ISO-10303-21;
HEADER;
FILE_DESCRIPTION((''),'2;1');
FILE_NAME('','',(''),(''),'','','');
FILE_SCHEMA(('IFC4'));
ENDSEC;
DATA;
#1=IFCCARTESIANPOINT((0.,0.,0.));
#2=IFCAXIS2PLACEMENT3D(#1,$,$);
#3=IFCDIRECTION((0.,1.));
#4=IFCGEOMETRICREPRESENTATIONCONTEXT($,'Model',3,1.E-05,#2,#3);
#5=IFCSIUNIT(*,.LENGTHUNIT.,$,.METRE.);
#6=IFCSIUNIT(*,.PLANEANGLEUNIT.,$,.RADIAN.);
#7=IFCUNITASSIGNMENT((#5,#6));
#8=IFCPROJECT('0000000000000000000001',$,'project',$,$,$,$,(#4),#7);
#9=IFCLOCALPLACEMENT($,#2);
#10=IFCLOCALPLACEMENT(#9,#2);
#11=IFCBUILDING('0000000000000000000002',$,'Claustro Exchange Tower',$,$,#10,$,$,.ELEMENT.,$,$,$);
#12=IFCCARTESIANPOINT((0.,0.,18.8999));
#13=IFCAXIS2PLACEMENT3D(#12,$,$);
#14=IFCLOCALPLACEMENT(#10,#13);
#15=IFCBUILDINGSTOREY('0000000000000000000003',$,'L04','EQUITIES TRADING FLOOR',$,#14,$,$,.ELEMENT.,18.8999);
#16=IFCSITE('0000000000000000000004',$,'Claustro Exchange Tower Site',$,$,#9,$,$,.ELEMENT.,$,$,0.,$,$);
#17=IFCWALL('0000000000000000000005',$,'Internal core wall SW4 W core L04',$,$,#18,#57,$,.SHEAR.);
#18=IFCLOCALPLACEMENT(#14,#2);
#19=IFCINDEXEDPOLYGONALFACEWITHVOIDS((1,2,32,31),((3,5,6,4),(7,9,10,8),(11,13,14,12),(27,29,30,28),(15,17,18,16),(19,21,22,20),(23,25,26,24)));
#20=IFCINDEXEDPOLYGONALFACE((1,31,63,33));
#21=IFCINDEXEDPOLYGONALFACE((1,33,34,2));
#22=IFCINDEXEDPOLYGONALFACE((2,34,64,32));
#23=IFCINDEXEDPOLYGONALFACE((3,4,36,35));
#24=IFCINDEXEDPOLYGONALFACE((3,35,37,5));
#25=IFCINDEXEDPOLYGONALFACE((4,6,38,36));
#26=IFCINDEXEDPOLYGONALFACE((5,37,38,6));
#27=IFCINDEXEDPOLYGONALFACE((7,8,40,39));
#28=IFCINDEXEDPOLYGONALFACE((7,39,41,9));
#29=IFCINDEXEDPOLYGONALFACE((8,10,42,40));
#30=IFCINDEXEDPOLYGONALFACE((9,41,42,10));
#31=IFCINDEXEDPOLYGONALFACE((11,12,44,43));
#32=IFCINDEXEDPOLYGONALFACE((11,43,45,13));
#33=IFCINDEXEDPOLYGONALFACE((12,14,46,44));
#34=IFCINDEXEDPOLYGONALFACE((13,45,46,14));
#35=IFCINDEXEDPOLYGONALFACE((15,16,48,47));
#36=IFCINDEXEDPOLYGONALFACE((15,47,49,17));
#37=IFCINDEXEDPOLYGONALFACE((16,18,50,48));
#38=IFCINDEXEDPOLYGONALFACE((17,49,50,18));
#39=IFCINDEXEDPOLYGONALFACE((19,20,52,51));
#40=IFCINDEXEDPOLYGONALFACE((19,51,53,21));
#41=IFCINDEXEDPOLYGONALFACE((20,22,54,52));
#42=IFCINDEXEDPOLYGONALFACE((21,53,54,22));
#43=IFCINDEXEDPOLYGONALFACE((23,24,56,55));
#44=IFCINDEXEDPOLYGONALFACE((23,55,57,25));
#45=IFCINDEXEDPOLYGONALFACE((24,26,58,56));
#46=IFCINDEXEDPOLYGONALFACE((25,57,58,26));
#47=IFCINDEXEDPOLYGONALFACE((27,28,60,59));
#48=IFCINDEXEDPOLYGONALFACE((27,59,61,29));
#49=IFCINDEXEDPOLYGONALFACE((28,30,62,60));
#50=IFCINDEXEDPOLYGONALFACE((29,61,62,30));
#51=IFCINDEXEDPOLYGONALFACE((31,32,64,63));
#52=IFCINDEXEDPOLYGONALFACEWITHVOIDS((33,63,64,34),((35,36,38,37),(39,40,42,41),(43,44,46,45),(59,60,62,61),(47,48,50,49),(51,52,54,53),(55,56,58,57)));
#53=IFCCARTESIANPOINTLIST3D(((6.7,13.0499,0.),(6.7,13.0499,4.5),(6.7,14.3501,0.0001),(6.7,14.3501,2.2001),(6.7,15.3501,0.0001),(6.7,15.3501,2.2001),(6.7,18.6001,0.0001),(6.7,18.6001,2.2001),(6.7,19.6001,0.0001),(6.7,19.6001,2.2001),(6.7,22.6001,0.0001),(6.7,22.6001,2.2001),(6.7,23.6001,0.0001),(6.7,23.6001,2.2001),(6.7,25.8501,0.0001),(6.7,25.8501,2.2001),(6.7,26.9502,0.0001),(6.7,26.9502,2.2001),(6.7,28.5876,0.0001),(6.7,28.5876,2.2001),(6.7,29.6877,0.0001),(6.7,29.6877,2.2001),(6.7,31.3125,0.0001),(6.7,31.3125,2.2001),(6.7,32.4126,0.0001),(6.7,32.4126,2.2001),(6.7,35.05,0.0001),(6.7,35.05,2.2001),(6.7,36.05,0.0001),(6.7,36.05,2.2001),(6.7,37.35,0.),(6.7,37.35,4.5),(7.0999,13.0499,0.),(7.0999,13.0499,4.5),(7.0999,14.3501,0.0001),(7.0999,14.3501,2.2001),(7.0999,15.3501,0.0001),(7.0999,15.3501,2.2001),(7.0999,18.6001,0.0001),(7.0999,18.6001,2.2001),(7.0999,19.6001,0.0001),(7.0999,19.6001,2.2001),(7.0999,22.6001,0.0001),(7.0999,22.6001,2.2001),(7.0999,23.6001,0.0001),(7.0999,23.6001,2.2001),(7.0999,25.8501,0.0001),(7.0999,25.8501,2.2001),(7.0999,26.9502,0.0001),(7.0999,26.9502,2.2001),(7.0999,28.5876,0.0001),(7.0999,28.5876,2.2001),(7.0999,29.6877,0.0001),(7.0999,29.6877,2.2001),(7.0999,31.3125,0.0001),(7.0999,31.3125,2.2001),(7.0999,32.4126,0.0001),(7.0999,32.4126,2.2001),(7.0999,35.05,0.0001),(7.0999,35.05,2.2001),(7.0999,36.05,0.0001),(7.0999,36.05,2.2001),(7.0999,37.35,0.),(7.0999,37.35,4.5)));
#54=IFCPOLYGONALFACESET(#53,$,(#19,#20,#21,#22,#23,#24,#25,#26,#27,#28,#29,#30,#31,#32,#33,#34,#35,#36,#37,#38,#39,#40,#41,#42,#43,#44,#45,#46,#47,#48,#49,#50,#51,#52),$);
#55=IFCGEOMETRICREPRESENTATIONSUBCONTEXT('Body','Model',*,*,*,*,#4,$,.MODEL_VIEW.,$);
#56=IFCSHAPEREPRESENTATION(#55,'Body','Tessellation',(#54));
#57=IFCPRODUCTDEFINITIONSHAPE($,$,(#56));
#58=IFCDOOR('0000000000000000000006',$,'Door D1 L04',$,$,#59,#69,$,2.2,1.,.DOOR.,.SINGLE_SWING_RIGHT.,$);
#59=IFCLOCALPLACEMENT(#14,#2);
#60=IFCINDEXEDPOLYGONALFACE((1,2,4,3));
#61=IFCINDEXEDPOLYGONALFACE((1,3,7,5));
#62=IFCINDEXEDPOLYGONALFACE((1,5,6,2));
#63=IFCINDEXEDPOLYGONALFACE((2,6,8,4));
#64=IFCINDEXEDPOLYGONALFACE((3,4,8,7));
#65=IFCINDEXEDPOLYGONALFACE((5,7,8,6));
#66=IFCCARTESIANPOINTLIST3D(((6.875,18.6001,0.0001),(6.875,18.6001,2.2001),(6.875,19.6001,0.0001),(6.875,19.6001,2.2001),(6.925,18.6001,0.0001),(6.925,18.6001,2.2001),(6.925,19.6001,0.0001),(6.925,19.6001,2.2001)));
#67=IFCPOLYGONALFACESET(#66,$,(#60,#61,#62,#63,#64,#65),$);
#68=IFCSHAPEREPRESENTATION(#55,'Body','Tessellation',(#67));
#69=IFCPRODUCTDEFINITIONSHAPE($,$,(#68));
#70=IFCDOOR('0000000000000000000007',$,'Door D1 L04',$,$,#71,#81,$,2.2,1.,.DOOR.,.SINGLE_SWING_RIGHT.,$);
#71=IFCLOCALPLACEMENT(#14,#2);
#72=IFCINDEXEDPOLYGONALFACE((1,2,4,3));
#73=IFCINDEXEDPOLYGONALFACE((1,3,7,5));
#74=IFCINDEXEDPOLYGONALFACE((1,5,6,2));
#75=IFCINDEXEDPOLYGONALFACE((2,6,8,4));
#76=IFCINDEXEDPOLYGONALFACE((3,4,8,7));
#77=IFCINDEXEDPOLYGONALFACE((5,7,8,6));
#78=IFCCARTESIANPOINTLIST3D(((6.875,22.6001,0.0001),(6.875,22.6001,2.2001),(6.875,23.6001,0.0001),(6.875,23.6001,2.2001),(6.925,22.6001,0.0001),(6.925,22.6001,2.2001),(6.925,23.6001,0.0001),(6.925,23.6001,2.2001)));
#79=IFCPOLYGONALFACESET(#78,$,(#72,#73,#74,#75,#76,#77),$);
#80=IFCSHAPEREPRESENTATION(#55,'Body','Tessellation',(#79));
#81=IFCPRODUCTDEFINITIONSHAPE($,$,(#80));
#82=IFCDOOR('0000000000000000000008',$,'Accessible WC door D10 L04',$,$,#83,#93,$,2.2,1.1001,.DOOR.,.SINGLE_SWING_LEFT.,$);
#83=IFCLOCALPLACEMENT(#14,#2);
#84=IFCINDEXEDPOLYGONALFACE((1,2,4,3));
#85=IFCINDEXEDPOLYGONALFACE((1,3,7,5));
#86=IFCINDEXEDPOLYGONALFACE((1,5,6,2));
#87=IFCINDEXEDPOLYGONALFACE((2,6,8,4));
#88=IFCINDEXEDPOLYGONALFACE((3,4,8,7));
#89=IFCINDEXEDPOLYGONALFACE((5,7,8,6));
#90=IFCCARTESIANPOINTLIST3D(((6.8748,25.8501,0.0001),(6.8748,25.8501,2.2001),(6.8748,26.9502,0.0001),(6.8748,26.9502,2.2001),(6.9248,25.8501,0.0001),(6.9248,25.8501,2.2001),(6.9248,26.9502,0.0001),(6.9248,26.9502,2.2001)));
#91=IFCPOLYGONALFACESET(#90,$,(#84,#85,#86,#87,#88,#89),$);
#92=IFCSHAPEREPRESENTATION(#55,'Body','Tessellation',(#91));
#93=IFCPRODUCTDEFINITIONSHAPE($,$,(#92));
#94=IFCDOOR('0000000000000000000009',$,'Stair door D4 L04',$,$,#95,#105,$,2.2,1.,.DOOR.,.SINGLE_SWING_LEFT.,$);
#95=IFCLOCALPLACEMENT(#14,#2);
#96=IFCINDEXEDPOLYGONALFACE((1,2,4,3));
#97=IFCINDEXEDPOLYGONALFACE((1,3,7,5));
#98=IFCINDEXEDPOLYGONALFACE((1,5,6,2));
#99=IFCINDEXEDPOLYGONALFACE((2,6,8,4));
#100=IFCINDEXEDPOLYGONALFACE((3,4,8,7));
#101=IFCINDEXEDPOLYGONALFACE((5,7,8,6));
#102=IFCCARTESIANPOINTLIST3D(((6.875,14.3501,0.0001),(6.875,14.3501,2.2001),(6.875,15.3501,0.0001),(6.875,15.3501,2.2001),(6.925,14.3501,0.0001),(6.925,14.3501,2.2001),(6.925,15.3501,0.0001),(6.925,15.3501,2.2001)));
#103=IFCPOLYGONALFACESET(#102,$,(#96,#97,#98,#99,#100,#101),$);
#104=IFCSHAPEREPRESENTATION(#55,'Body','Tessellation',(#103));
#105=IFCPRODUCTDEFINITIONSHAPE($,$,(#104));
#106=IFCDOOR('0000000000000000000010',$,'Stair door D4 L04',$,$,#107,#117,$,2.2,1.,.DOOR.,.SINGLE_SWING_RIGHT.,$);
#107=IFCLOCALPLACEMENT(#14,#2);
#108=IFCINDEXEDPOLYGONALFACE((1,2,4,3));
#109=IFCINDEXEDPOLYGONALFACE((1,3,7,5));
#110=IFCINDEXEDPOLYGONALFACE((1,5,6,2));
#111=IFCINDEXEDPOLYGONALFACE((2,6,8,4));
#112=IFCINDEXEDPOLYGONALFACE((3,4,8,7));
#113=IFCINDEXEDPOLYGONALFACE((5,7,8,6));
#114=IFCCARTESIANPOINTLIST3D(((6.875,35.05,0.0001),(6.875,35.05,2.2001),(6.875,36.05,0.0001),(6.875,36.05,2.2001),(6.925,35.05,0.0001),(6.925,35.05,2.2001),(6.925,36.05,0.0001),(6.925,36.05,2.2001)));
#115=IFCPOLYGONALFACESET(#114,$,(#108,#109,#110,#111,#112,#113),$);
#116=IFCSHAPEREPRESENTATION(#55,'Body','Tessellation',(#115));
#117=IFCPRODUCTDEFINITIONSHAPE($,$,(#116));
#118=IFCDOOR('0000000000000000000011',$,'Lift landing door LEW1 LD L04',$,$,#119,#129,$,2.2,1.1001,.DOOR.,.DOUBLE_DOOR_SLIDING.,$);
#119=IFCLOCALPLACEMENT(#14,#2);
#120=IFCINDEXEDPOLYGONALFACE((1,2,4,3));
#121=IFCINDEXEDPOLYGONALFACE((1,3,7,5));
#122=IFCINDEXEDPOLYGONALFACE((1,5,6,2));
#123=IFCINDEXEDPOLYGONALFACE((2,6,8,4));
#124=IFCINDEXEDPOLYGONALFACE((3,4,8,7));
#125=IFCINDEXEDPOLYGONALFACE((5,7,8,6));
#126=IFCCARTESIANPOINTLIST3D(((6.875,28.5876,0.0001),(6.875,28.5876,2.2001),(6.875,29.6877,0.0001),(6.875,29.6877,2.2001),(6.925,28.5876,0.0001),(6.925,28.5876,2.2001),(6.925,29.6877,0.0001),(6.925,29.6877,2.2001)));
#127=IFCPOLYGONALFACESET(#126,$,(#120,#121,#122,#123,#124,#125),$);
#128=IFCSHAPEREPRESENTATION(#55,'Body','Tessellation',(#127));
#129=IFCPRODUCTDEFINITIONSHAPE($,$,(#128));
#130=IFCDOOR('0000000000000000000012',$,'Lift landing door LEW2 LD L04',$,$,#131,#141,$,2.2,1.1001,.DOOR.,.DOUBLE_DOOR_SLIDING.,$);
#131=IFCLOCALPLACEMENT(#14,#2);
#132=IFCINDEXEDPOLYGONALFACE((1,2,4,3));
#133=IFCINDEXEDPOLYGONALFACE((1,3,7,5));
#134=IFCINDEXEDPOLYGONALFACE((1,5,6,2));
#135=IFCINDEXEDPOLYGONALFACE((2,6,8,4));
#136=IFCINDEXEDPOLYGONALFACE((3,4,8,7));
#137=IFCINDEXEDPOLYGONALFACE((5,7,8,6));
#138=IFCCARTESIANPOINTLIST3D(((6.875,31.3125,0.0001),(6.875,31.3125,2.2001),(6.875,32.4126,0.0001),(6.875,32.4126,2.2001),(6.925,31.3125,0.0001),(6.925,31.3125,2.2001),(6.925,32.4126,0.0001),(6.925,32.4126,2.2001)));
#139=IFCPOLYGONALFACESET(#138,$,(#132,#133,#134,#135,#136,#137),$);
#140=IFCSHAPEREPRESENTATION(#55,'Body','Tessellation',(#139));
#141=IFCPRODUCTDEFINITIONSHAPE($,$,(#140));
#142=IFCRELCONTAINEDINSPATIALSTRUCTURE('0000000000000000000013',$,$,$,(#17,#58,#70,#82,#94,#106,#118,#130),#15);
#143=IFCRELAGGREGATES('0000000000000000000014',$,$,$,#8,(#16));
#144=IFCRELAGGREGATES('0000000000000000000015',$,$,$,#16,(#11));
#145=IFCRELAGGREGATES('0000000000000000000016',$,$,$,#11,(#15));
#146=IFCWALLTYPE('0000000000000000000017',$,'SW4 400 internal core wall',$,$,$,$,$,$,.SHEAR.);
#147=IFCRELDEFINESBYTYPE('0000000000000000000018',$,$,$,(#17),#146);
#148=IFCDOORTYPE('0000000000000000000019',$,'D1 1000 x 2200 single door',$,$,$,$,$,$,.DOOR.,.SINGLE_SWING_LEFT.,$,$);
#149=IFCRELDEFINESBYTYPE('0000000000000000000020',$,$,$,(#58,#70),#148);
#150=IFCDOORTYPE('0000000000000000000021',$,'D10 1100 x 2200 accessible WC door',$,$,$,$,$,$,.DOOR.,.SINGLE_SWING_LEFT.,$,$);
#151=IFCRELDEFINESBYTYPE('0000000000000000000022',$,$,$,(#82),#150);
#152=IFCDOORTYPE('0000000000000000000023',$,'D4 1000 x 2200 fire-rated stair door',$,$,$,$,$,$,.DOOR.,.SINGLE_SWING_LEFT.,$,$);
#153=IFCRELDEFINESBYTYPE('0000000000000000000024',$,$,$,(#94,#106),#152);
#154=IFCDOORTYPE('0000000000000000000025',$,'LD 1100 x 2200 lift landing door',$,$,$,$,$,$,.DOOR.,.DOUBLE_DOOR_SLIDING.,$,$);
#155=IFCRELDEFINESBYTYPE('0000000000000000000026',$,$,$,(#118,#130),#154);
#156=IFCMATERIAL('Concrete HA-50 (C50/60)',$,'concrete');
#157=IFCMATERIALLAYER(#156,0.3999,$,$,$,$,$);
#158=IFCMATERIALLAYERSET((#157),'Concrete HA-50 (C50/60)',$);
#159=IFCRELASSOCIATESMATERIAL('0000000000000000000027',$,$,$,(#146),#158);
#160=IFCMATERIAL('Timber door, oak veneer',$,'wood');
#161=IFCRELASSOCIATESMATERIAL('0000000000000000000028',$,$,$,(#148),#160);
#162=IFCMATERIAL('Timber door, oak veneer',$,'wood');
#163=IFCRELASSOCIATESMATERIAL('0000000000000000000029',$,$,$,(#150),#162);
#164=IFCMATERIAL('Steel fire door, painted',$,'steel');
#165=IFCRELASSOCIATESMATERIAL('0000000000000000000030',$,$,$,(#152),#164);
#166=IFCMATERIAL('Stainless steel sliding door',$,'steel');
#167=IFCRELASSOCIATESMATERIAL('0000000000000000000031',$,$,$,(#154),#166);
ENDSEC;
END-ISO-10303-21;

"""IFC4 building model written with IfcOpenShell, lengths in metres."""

from ifc_helpers import new_model, si_unit, direction, frame, frame_2d, origin, place, context, subcontext, project, spatial, rectangle, extrude, material, layer, layer_set, type_object, element, fill, save


model = new_model("IFC4")

# Units and contexts
model_context = context("Model", 3, precision=1e-05, world=origin(), true_north=direction((0.0, 1.0)))
body_context = subcontext(model_context, "Body", "Model", "MODEL_VIEW")
ifc_project = project(units=[si_unit("LENGTHUNIT", "METRE"), si_unit("PLANEANGLEUNIT", "RADIAN")], contexts=[model_context])

# Site, building, storey
site_placement = place(None, origin())
site = spatial("IfcSite", under=ifc_project, at=site_placement, Name="Claustro Exchange Tower Site", CompositionType="ELEMENT", RefElevation=0.0)
building_placement = place(site_placement, origin())
building = spatial("IfcBuilding", under=site, at=building_placement, Name="Claustro Exchange Tower", CompositionType="ELEMENT")
storey_placement = place(building_placement, frame((0.0, 0.0, 18.8999)))
storey = spatial("IfcBuildingStorey", under=building, at=storey_placement, Name="L04", Description="EQUITIES TRADING FLOOR", CompositionType="ELEMENT", Elevation=18.8999)

# Wall, openings, doors
ifc_material_1 = material(Name="Concrete HA-50 (C50/60)", Category="concrete")
ifc_layer_1 = layer(ifc_material_1, 0.3999)
ifc_layer_set_1 = layer_set([ifc_layer_1], Name="Concrete HA-50 (C50/60)")
wall_type_1 = type_object("IfcWallType", Name="SW4 400 internal core wall", PredefinedType="SHEAR", material=ifc_layer_set_1)
wall_1_placement = place(storey_placement, frame((6.8999, 13.05, 0.0), z_axis=(0.0, 0.0, 1.0), x_axis=(0.0, 1.0, 0.0)))
wall_1 = element("IfcWall", 1, at=wall_1_placement, inside=storey, type_object=wall_type_1, Name="Internal core wall SW4 W core L04", PredefinedType="SHEAR", context=body_context, shape_type="SweptSolid", body=[
    extrude(rectangle(XDim=24.3, YDim=0.3999, at=frame_2d((12.1499, 0.0))), origin(), (0.0, 0.0, 1.0), 4.5),
])
opening_1_placement = place(wall_1_placement, frame((1.3, 0.0, 0.0)))
opening_1 = element("IfcOpeningElement", 2, at=opening_1_placement, cuts=wall_1, PredefinedType="OPENING", context=body_context, shape_type="SweptSolid", body=[
    extrude(rectangle(XDim=1.0, YDim=2.2, at=frame_2d((0.5, 1.1001))), frame((0.0, 0.21, 0.0), z_axis=(0.0, -1.0, 0.0), x_axis=(1.0, 0.0, 0.0)), (0.0, 0.0, 1.0), 0.4199),
])
opening_2_placement = place(wall_1_placement, frame((22.0, 0.0, 0.0)))
opening_2 = element("IfcOpeningElement", 3, at=opening_2_placement, cuts=wall_1, PredefinedType="OPENING", context=body_context, shape_type="SweptSolid", body=[
    extrude(rectangle(XDim=1.0, YDim=2.2, at=frame_2d((0.5, 1.1001))), frame((0.0, 0.21, 0.0), z_axis=(0.0, -1.0, 0.0), x_axis=(1.0, 0.0, 0.0)), (0.0, 0.0, 1.0), 0.4199),
])
opening_3_placement = place(wall_1_placement, frame((5.55, 0.0, 0.0)))
opening_3 = element("IfcOpeningElement", 4, at=opening_3_placement, cuts=wall_1, PredefinedType="OPENING", context=body_context, shape_type="SweptSolid", body=[
    extrude(rectangle(XDim=1.0, YDim=2.2, at=frame_2d((0.5, 1.1001))), frame((0.0, 0.21, 0.0), z_axis=(0.0, -1.0, 0.0), x_axis=(1.0, 0.0, 0.0)), (0.0, 0.0, 1.0), 0.4199),
])
opening_4_placement = place(wall_1_placement, frame((9.55, 0.0, 0.0)))
opening_4 = element("IfcOpeningElement", 5, at=opening_4_placement, cuts=wall_1, PredefinedType="OPENING", context=body_context, shape_type="SweptSolid", body=[
    extrude(rectangle(XDim=1.0, YDim=2.2, at=frame_2d((0.5, 1.1001))), frame((0.0, 0.21, 0.0), z_axis=(0.0, -1.0, 0.0), x_axis=(1.0, 0.0, 0.0)), (0.0, 0.0, 1.0), 0.4199),
])
opening_5_placement = place(wall_1_placement, frame((12.8, 0.0, 0.0)))
opening_5 = element("IfcOpeningElement", 6, at=opening_5_placement, cuts=wall_1, PredefinedType="OPENING", context=body_context, shape_type="SweptSolid", body=[
    extrude(rectangle(XDim=1.1001, YDim=2.2, at=frame_2d((0.55, 1.1001))), frame((0.0, 0.21, 0.0), z_axis=(0.0, -1.0, 0.0), x_axis=(1.0, 0.0, 0.0)), (0.0, 0.0, 1.0), 0.4199),
])
opening_6_placement = place(wall_1_placement, frame((15.5376, 0.0, 0.0)))
opening_6 = element("IfcOpeningElement", 7, at=opening_6_placement, cuts=wall_1, PredefinedType="OPENING", context=body_context, shape_type="SweptSolid", body=[
    extrude(rectangle(XDim=1.1001, YDim=2.2, at=frame_2d((0.55, 1.1001))), frame((0.0, 0.21, 0.0), z_axis=(0.0, -1.0, 0.0), x_axis=(1.0, 0.0, 0.0)), (0.0, 0.0, 1.0), 0.4199),
])
opening_7_placement = place(wall_1_placement, frame((18.2625, 0.0, 0.0)))
opening_7 = element("IfcOpeningElement", 8, at=opening_7_placement, cuts=wall_1, PredefinedType="OPENING", context=body_context, shape_type="SweptSolid", body=[
    extrude(rectangle(XDim=1.1001, YDim=2.2, at=frame_2d((0.55, 1.1001))), frame((0.0, 0.21, 0.0), z_axis=(0.0, -1.0, 0.0), x_axis=(1.0, 0.0, 0.0)), (0.0, 0.0, 1.0), 0.4199),
])
ifc_material_2 = material(Name="Timber door, oak veneer", Category="wood")
door_type_1 = type_object("IfcDoorType", Name="D1 1000 x 2200 single door", OperationType="SINGLE_SWING_LEFT", PredefinedType="DOOR", material=ifc_material_2)
door_1_placement = place(opening_3_placement, origin())
door_1 = element("IfcDoor", 9, at=door_1_placement, inside=storey, type_object=door_type_1, Name="Door D1 L04", OperationType="SINGLE_SWING_RIGHT", OverallHeight=2.2, OverallWidth=1.0, PredefinedType="DOOR", context=body_context, shape_type="SweptSolid", body=[
    extrude(rectangle(XDim=1.0, YDim=2.2, at=frame_2d((0.5, 1.1001))), frame((0.0, 0.0249, 0.0), z_axis=(0.0, -1.0, 0.0), x_axis=(1.0, 0.0, 0.0)), (0.0, 0.0, 1.0), 0.05),
])
fill(opening_3, door_1)
door_2_placement = place(opening_4_placement, origin())
door_2 = element("IfcDoor", 10, at=door_2_placement, inside=storey, type_object=door_type_1, Name="Door D1 L04", OperationType="SINGLE_SWING_RIGHT", OverallHeight=2.2, OverallWidth=1.0, PredefinedType="DOOR", context=body_context, shape_type="SweptSolid", body=[
    extrude(rectangle(XDim=1.0, YDim=2.2, at=frame_2d((0.5, 1.1001))), frame((0.0, 0.0249, 0.0), z_axis=(0.0, -1.0, 0.0), x_axis=(1.0, 0.0, 0.0)), (0.0, 0.0, 1.0), 0.05),
])
fill(opening_4, door_2)
ifc_material_3 = material(Name="Timber door, oak veneer", Category="wood")
door_type_2 = type_object("IfcDoorType", Name="D10 1100 x 2200 accessible WC door", OperationType="SINGLE_SWING_LEFT", PredefinedType="DOOR", material=ifc_material_3)
door_3_placement = place(opening_5_placement, frame((1.1001, 0.0, 0.0), z_axis=(0.0, 0.0, 1.0), x_axis=(-1.0, 0.0, 0.0)))
door_3 = element("IfcDoor", 11, at=door_3_placement, inside=storey, type_object=door_type_2, Name="Accessible WC door D10 L04", OperationType="SINGLE_SWING_LEFT", OverallHeight=2.2, OverallWidth=1.1001, PredefinedType="DOOR", context=body_context, shape_type="SweptSolid", body=[
    extrude(rectangle(XDim=1.1001, YDim=2.2, at=frame_2d((0.55, 1.1001))), frame((0.0, 0.0249, 0.0), z_axis=(0.0, -1.0, 0.0), x_axis=(1.0, 0.0, 0.0)), (0.0, 0.0, 1.0), 0.05),
])
fill(opening_5, door_3)
ifc_material_4 = material(Name="Steel fire door, painted", Category="steel")
door_type_3 = type_object("IfcDoorType", Name="D4 1000 x 2200 fire-rated stair door", OperationType="SINGLE_SWING_LEFT", PredefinedType="DOOR", material=ifc_material_4)
door_4_placement = place(opening_1_placement, origin())
door_4 = element("IfcDoor", 12, at=door_4_placement, inside=storey, type_object=door_type_3, Name="Stair door D4 L04", OperationType="SINGLE_SWING_LEFT", OverallHeight=2.2, OverallWidth=1.0, PredefinedType="DOOR", context=body_context, shape_type="SweptSolid", body=[
    extrude(rectangle(XDim=1.0, YDim=2.2, at=frame_2d((0.5, 1.1001))), frame((0.0, 0.0249, 0.0), z_axis=(0.0, -1.0, 0.0), x_axis=(1.0, 0.0, 0.0)), (0.0, 0.0, 1.0), 0.05),
])
fill(opening_1, door_4)
door_5_placement = place(opening_2_placement, origin())
door_5 = element("IfcDoor", 13, at=door_5_placement, inside=storey, type_object=door_type_3, Name="Stair door D4 L04", OperationType="SINGLE_SWING_RIGHT", OverallHeight=2.2, OverallWidth=1.0, PredefinedType="DOOR", context=body_context, shape_type="SweptSolid", body=[
    extrude(rectangle(XDim=1.0, YDim=2.2, at=frame_2d((0.5, 1.1001))), frame((0.0, 0.0249, 0.0), z_axis=(0.0, -1.0, 0.0), x_axis=(1.0, 0.0, 0.0)), (0.0, 0.0, 1.0), 0.05),
])
fill(opening_2, door_5)
ifc_material_5 = material(Name="Stainless steel sliding door", Category="steel")
door_type_4 = type_object("IfcDoorType", Name="LD 1100 x 2200 lift landing door", OperationType="DOUBLE_DOOR_SLIDING", PredefinedType="DOOR", material=ifc_material_5)
door_6_placement = place(opening_6_placement, origin())
door_6 = element("IfcDoor", 14, at=door_6_placement, inside=storey, type_object=door_type_4, Name="Lift landing door LEW1 LD L04", OperationType="DOUBLE_DOOR_SLIDING", OverallHeight=2.2, OverallWidth=1.1001, PredefinedType="DOOR", context=body_context, shape_type="SweptSolid", body=[
    extrude(rectangle(XDim=1.1001, YDim=2.2, at=frame_2d((0.55, 1.1001))), frame((0.0, 0.0249, 0.0), z_axis=(0.0, -1.0, 0.0), x_axis=(1.0, 0.0, 0.0)), (0.0, 0.0, 1.0), 0.05),
])
fill(opening_6, door_6)
door_7_placement = place(opening_7_placement, origin())
door_7 = element("IfcDoor", 15, at=door_7_placement, inside=storey, type_object=door_type_4, Name="Lift landing door LEW2 LD L04", OperationType="DOUBLE_DOOR_SLIDING", OverallHeight=2.2, OverallWidth=1.1001, PredefinedType="DOOR", context=body_context, shape_type="SweptSolid", body=[
    extrude(rectangle(XDim=1.1001, YDim=2.2, at=frame_2d((0.55, 1.1001))), frame((0.0, 0.0249, 0.0), z_axis=(0.0, -1.0, 0.0), x_axis=(1.0, 0.0, 0.0)), (0.0, 0.0, 1.0), 0.05),
])
fill(opening_7, door_7)

save(model, "model.ifc")
